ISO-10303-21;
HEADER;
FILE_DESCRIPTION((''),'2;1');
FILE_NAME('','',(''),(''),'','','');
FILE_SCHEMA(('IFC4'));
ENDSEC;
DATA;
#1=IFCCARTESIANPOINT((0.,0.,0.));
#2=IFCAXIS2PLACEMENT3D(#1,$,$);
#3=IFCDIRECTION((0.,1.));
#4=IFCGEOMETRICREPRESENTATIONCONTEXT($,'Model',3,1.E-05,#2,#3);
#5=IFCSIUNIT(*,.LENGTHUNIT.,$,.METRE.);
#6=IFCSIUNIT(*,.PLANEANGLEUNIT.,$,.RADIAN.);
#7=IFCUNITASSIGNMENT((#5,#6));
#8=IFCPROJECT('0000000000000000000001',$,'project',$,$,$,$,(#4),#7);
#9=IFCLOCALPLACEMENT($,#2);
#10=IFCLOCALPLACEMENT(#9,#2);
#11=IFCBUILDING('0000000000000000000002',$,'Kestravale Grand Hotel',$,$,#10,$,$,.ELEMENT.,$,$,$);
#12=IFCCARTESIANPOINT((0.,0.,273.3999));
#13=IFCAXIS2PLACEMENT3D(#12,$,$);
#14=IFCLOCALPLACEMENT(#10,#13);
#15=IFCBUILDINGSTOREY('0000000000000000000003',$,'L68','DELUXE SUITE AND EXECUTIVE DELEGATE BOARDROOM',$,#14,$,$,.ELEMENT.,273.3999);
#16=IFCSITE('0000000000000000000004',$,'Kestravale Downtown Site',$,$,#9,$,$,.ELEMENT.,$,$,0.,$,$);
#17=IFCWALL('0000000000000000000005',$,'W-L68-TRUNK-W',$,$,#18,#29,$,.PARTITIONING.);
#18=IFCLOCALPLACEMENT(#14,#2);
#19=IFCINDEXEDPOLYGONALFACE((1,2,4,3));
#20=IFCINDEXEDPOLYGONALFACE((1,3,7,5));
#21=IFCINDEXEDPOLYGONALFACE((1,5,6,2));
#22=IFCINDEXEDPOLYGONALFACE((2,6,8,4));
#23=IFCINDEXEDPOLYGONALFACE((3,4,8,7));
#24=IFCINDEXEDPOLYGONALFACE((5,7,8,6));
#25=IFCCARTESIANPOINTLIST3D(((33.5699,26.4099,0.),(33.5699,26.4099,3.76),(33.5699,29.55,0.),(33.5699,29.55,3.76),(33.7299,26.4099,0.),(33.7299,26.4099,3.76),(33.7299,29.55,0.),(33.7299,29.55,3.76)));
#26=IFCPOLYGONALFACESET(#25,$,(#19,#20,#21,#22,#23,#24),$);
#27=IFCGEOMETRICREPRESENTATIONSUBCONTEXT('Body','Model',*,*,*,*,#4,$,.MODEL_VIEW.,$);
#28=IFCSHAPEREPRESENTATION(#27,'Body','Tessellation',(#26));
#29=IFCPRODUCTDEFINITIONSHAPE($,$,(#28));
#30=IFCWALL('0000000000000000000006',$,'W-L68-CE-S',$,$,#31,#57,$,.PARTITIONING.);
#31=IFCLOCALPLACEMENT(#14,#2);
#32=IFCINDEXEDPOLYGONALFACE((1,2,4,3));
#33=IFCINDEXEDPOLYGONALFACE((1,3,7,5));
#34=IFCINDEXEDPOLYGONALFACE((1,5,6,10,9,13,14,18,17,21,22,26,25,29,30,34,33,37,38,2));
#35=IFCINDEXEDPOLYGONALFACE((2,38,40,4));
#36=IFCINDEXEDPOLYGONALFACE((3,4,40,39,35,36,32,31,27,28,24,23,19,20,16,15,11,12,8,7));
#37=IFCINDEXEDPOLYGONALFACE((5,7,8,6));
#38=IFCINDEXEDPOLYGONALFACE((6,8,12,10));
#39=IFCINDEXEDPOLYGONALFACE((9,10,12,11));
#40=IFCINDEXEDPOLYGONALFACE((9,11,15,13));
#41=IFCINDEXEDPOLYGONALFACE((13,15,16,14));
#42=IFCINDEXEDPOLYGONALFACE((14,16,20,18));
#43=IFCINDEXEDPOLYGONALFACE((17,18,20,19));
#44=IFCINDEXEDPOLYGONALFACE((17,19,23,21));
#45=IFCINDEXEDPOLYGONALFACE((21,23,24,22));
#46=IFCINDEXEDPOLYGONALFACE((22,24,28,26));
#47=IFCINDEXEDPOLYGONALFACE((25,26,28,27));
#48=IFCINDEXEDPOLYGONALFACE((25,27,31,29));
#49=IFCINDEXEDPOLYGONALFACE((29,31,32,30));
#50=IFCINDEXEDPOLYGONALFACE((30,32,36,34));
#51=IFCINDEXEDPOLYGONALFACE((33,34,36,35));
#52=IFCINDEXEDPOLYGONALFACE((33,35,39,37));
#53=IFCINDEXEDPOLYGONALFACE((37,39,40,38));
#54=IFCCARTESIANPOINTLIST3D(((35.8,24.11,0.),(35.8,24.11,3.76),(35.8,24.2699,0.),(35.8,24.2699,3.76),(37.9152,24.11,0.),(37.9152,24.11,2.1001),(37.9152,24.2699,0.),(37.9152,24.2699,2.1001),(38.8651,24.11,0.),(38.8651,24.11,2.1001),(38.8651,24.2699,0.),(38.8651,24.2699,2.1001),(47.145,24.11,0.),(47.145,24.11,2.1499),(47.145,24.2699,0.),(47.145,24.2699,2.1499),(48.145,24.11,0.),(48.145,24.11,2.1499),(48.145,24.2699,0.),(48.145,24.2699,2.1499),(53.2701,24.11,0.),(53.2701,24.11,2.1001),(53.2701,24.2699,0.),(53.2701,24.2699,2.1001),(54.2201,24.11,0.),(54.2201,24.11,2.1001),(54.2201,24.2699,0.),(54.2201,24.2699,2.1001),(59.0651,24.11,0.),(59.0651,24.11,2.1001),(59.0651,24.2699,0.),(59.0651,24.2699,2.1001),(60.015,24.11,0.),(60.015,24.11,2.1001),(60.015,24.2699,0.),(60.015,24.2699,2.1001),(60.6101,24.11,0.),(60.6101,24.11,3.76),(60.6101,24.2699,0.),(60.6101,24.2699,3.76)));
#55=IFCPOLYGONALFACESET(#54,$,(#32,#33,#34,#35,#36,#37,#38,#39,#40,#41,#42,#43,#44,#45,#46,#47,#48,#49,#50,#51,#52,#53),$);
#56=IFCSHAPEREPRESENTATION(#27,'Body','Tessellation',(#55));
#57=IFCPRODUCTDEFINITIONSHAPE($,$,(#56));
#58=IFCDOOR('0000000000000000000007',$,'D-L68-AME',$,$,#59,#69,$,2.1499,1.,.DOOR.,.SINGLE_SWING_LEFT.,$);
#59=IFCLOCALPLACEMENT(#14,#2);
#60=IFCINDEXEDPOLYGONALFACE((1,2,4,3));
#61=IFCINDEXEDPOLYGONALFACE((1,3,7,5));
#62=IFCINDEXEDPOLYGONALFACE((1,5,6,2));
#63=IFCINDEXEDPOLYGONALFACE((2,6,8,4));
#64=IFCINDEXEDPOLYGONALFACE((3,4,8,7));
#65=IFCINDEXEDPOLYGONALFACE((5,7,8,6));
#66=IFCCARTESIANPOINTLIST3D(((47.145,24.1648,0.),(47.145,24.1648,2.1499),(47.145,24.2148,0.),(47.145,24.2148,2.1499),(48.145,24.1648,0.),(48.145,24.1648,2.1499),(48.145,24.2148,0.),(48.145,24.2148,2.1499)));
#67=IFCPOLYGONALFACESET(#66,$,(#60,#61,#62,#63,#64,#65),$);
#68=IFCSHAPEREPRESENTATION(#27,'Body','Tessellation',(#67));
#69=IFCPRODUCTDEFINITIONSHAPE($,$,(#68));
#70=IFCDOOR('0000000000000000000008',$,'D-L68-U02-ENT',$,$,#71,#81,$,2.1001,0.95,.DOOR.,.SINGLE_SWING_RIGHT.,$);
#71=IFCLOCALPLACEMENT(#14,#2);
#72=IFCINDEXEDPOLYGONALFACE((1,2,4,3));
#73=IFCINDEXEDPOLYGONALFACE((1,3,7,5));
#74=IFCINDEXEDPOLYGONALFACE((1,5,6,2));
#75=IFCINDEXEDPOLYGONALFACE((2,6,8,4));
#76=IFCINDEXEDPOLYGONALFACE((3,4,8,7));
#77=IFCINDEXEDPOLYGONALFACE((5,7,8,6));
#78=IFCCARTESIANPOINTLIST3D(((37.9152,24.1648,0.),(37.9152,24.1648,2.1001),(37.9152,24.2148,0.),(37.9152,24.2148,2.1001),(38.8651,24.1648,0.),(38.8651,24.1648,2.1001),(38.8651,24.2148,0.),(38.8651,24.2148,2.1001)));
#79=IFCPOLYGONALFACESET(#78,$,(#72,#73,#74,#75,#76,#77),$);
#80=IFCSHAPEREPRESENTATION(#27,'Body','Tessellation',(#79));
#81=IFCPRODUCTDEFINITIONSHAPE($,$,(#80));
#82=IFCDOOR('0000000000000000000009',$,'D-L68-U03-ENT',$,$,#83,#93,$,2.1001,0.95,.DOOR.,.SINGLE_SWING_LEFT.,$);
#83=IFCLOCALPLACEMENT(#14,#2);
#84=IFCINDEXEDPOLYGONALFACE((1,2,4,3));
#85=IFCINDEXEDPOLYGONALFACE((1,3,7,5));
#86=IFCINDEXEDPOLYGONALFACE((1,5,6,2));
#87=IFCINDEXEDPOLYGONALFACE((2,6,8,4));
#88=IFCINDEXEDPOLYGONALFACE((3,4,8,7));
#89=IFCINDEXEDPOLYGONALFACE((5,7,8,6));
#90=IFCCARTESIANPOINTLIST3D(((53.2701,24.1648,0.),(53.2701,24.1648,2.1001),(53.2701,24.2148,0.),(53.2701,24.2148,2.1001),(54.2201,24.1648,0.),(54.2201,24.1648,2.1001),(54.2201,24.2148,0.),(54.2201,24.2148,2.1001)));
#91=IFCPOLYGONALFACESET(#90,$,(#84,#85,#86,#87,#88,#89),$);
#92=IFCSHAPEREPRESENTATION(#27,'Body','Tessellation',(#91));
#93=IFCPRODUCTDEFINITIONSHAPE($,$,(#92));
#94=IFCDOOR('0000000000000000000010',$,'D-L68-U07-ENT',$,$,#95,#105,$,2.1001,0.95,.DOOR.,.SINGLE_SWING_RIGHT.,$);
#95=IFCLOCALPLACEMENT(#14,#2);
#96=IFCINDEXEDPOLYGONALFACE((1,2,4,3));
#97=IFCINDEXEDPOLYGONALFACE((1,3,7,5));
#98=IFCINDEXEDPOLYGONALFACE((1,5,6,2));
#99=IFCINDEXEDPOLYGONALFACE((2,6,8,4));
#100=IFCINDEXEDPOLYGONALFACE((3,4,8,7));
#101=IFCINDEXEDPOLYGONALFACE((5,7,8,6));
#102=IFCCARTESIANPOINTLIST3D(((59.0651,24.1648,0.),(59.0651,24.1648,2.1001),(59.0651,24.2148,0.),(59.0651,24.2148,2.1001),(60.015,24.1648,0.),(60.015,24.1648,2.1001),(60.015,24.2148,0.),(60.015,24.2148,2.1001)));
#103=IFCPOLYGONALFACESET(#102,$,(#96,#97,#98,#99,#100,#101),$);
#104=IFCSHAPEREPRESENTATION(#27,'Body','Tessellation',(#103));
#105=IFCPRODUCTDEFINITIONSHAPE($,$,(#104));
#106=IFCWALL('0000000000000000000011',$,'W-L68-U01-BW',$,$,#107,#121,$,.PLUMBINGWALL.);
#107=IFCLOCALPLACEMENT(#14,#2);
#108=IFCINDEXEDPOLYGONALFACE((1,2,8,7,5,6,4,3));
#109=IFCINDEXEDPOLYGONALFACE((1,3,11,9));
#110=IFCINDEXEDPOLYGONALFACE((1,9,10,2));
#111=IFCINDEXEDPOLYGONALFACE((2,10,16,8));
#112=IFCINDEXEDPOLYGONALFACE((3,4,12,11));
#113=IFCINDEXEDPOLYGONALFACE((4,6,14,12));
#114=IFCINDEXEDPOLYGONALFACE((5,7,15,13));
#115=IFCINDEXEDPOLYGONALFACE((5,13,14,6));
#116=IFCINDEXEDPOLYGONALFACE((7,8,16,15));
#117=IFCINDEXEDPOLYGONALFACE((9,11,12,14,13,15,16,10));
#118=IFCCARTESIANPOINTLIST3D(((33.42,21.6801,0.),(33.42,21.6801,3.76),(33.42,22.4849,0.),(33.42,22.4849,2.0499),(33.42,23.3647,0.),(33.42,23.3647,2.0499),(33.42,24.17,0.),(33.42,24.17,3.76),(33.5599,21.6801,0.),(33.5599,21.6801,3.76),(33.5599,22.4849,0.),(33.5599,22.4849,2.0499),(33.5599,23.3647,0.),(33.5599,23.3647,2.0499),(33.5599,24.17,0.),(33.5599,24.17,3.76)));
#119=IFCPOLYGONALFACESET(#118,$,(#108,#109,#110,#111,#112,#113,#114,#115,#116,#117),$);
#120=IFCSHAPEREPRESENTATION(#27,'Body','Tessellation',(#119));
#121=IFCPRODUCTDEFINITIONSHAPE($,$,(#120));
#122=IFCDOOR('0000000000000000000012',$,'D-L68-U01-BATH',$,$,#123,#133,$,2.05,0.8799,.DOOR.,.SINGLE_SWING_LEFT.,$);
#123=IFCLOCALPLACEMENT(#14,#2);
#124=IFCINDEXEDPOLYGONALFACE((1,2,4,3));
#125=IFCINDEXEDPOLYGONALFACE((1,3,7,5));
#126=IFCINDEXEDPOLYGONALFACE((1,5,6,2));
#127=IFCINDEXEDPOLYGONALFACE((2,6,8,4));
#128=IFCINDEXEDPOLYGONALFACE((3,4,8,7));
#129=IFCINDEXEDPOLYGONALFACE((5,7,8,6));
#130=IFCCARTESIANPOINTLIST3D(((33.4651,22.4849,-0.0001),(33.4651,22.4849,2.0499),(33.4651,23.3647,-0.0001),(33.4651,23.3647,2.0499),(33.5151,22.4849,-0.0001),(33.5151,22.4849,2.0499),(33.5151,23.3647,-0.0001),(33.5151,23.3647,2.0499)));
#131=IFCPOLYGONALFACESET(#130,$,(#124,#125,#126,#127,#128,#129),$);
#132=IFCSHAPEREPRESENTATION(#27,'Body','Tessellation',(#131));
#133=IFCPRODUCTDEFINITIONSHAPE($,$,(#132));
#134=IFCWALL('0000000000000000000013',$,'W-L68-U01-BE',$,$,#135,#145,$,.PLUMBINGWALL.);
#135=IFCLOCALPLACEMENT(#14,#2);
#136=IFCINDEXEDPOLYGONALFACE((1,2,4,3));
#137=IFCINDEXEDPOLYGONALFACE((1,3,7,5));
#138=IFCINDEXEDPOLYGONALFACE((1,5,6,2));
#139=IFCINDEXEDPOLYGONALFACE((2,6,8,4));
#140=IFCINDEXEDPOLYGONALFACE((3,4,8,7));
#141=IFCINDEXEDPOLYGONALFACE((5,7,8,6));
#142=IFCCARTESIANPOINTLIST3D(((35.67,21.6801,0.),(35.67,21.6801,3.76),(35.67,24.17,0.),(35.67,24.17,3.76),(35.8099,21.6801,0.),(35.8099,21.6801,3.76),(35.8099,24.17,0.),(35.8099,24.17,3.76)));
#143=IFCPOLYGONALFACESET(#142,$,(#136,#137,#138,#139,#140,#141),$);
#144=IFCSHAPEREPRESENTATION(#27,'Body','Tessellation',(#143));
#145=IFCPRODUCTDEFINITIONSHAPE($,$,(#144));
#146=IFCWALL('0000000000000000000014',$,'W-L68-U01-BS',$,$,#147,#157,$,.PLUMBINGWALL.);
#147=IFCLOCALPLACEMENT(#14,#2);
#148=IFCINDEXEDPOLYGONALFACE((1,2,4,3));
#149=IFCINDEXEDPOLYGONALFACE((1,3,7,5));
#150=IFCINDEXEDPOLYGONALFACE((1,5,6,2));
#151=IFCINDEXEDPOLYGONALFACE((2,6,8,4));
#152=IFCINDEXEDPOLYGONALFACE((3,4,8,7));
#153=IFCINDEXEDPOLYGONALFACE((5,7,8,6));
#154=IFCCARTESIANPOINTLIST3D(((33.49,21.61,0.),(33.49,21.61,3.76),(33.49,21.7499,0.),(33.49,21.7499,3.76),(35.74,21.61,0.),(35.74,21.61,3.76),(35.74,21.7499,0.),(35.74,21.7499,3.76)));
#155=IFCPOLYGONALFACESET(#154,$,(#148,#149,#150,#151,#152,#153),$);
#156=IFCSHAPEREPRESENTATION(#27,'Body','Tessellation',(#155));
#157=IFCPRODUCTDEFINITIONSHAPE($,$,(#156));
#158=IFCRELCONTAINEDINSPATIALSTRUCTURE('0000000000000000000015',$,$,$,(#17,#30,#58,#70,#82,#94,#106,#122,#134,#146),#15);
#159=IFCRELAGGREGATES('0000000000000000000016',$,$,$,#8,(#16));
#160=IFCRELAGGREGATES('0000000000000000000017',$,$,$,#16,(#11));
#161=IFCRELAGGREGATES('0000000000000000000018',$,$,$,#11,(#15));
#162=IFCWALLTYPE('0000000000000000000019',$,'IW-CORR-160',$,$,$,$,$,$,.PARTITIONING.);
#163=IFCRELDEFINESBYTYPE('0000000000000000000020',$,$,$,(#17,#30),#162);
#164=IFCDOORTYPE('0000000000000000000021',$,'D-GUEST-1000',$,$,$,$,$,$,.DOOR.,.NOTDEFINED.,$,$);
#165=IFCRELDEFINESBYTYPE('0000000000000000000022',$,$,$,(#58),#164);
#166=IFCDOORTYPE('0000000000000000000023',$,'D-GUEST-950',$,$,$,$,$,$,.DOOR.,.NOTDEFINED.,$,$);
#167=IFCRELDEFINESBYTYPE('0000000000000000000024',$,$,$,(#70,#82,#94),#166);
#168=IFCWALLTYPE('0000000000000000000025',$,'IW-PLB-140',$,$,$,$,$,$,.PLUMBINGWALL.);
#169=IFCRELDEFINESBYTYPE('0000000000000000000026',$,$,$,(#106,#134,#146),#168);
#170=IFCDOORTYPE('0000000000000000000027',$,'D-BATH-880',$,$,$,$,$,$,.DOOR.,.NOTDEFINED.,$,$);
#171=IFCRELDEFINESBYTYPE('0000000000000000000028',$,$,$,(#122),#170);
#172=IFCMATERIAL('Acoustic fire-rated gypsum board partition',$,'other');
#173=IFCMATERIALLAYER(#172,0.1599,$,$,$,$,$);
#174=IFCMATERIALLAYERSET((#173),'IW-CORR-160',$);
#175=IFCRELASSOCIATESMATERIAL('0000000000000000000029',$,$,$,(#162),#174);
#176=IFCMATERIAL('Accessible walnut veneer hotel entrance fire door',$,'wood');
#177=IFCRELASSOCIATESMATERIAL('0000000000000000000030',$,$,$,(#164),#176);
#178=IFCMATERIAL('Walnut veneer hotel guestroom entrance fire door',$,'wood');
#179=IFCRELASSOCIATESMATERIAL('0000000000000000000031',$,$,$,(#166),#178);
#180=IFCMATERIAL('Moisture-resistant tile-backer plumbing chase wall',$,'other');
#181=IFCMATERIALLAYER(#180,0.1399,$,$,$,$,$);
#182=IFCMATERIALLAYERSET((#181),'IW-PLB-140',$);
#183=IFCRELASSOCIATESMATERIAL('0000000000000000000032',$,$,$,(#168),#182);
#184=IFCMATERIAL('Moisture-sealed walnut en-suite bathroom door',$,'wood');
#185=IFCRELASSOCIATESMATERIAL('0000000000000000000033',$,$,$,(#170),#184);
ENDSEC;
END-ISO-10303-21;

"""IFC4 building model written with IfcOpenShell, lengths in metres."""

from ifc_helpers import new_model, si_unit, direction, frame, frame_2d, origin, place, context, subcontext, project, spatial, rectangle, extrude, material, layer, layer_set, type_object, element, fill, save


model = new_model("IFC4")

# Units and contexts
model_context = context("Model", 3, precision=1e-05, world=origin(), true_north=direction((0.0, 1.0)))
body_context = subcontext(model_context, "Body", "Model", "MODEL_VIEW")
ifc_project = project(units=[si_unit("LENGTHUNIT", "METRE"), si_unit("PLANEANGLEUNIT", "RADIAN")], contexts=[model_context])

# Site, building, storey
site_placement = place(None, origin())
site = spatial("IfcSite", under=ifc_project, at=site_placement, Name="Kestravale Downtown Site", CompositionType="ELEMENT", RefElevation=0.0)
building_placement = place(site_placement, origin())
building = spatial("IfcBuilding", under=site, at=building_placement, Name="Kestravale Grand Hotel", CompositionType="ELEMENT")
storey_placement = place(building_placement, frame((0.0, 0.0, 273.3999)))
storey = spatial("IfcBuildingStorey", under=building, at=storey_placement, Name="L68", Description="DELUXE SUITE AND EXECUTIVE DELEGATE BOARDROOM", CompositionType="ELEMENT", Elevation=273.3999)

# Wall
ifc_material_1 = material(Name="Acoustic fire-rated gypsum board partition", Category="other")
ifc_layer_1 = layer(ifc_material_1, 0.1599)
ifc_layer_set_1 = layer_set([ifc_layer_1], Name="IW-CORR-160")
wall_type_1 = type_object("IfcWallType", Name="IW-CORR-160", PredefinedType="PARTITIONING", material=ifc_layer_set_1)
wall_1_placement = place(storey_placement, frame((33.6499, 26.4099, 0.0), z_axis=(0.0, 0.0, 1.0), x_axis=(0.0, 1.0, 0.0)))
element("IfcWall", 1, at=wall_1_placement, inside=storey, type_object=wall_type_1, Name="W-L68-TRUNK-W", PredefinedType="PARTITIONING", context=body_context, shape_type="SweptSolid", body=[
    extrude(rectangle(XDim=3.1401, YDim=0.1599, at=frame_2d((1.5701, 0.0))), origin(), (0.0, 0.0, 1.0), 3.76),
])

# Wall, openings, doors
wall_2_placement = place(storey_placement, frame((35.8, 24.1899, 0.0), z_axis=(0.0, 0.0, 1.0), x_axis=(1.0, 0.0, 0.0)))
wall_2 = element("IfcWall", 2, at=wall_2_placement, inside=storey, type_object=wall_type_1, Name="W-L68-CE-S", PredefinedType="PARTITIONING", context=body_context, shape_type="SweptSolid", body=[
    extrude(rectangle(XDim=24.8101, YDim=0.1599, at=frame_2d((12.405, 0.0))), origin(), (0.0, 0.0, 1.0), 3.76),
])
opening_1_placement = place(wall_2_placement, frame((2.115, 0.0, 0.0)))
opening_1 = element("IfcOpeningElement", 3, at=opening_1_placement, cuts=wall_2, PredefinedType="OPENING", context=body_context, shape_type="SweptSolid", body=[
    extrude(rectangle(XDim=0.95, YDim=2.1001, at=frame_2d((0.4751, 1.05))), frame((0.0, 0.0898, 0.0), z_axis=(0.0, -1.0, 0.0), x_axis=(1.0, 0.0, 0.0)), (0.0, 0.0, 1.0), 0.1799),
])
opening_2_placement = place(wall_2_placement, frame((11.345, 0.0, 0.0)))
opening_2 = element("IfcOpeningElement", 4, at=opening_2_placement, cuts=wall_2, PredefinedType="OPENING", context=body_context, shape_type="SweptSolid", body=[
    extrude(rectangle(XDim=1.0, YDim=2.1499, at=frame_2d((0.5, 1.075))), frame((0.0, 0.0898, 0.0), z_axis=(0.0, -1.0, 0.0), x_axis=(1.0, 0.0, 0.0)), (0.0, 0.0, 1.0), 0.1799),
])
opening_3_placement = place(wall_2_placement, frame((17.47, 0.0, 0.0)))
opening_3 = element("IfcOpeningElement", 5, at=opening_3_placement, cuts=wall_2, PredefinedType="OPENING", context=body_context, shape_type="SweptSolid", body=[
    extrude(rectangle(XDim=0.95, YDim=2.1001, at=frame_2d((0.4751, 1.05))), frame((0.0, 0.0898, 0.0), z_axis=(0.0, -1.0, 0.0), x_axis=(1.0, 0.0, 0.0)), (0.0, 0.0, 1.0), 0.1799),
])
opening_4_placement = place(wall_2_placement, frame((23.2649, 0.0, 0.0)))
opening_4 = element("IfcOpeningElement", 6, at=opening_4_placement, cuts=wall_2, PredefinedType="OPENING", context=body_context, shape_type="SweptSolid", body=[
    extrude(rectangle(XDim=0.95, YDim=2.1001, at=frame_2d((0.4751, 1.05))), frame((0.0, 0.0898, 0.0), z_axis=(0.0, -1.0, 0.0), x_axis=(1.0, 0.0, 0.0)), (0.0, 0.0, 1.0), 0.1799),
])
ifc_material_2 = material(Name="Accessible walnut veneer hotel entrance fire door", Category="wood")
door_type_1 = type_object("IfcDoorType", Name="D-GUEST-1000", OperationType="NOTDEFINED", PredefinedType="DOOR", material=ifc_material_2)
door_1_placement = place(opening_2_placement, origin())
door_1 = element("IfcDoor", 7, at=door_1_placement, inside=storey, type_object=door_type_1, Name="D-L68-AME", OperationType="SINGLE_SWING_LEFT", OverallHeight=2.1499, OverallWidth=1.0, PredefinedType="DOOR", context=body_context, shape_type="SweptSolid", body=[
    extrude(rectangle(XDim=1.0, YDim=2.1499, at=frame_2d((0.5, 1.075))), frame((0.0, 0.0249, 0.0), z_axis=(0.0, -1.0, 0.0), x_axis=(1.0, 0.0, 0.0)), (0.0, 0.0, 1.0), 0.05),
])
fill(opening_2, door_1)
ifc_material_3 = material(Name="Walnut veneer hotel guestroom entrance fire door", Category="wood")
door_type_2 = type_object("IfcDoorType", Name="D-GUEST-950", OperationType="NOTDEFINED", PredefinedType="DOOR", material=ifc_material_3)
door_2_placement = place(opening_1_placement, origin())
door_2 = element("IfcDoor", 8, at=door_2_placement, inside=storey, type_object=door_type_2, Name="D-L68-U02-ENT", OperationType="SINGLE_SWING_RIGHT", OverallHeight=2.1001, OverallWidth=0.95, PredefinedType="DOOR", context=body_context, shape_type="SweptSolid", body=[
    extrude(rectangle(XDim=0.95, YDim=2.1001, at=frame_2d((0.4751, 1.05))), frame((0.0, 0.0249, 0.0), z_axis=(0.0, -1.0, 0.0), x_axis=(1.0, 0.0, 0.0)), (0.0, 0.0, 1.0), 0.05),
])
fill(opening_1, door_2)
door_3_placement = place(opening_3_placement, origin())
door_3 = element("IfcDoor", 9, at=door_3_placement, inside=storey, type_object=door_type_2, Name="D-L68-U03-ENT", OperationType="SINGLE_SWING_LEFT", OverallHeight=2.1001, OverallWidth=0.95, PredefinedType="DOOR", context=body_context, shape_type="SweptSolid", body=[
    extrude(rectangle(XDim=0.95, YDim=2.1001, at=frame_2d((0.4751, 1.05))), frame((0.0, 0.0249, 0.0), z_axis=(0.0, -1.0, 0.0), x_axis=(1.0, 0.0, 0.0)), (0.0, 0.0, 1.0), 0.05),
])
fill(opening_3, door_3)
door_4_placement = place(opening_4_placement, origin())
door_4 = element("IfcDoor", 10, at=door_4_placement, inside=storey, type_object=door_type_2, Name="D-L68-U07-ENT", OperationType="SINGLE_SWING_RIGHT", OverallHeight=2.1001, OverallWidth=0.95, PredefinedType="DOOR", context=body_context, shape_type="SweptSolid", body=[
    extrude(rectangle(XDim=0.95, YDim=2.1001, at=frame_2d((0.4751, 1.05))), frame((0.0, 0.0249, 0.0), z_axis=(0.0, -1.0, 0.0), x_axis=(1.0, 0.0, 0.0)), (0.0, 0.0, 1.0), 0.05),
])
fill(opening_4, door_4)

# Wall, opening, door
ifc_material_4 = material(Name="Moisture-resistant tile-backer plumbing chase wall", Category="other")
ifc_layer_2 = layer(ifc_material_4, 0.1399)
ifc_layer_set_2 = layer_set([ifc_layer_2], Name="IW-PLB-140")
wall_type_2 = type_object("IfcWallType", Name="IW-PLB-140", PredefinedType="PLUMBINGWALL", material=ifc_layer_set_2)
wall_3_placement = place(storey_placement, frame((33.49, 21.6799, 0.0), z_axis=(0.0, 0.0, 1.0), x_axis=(0.0, 1.0, 0.0)))
wall_3 = element("IfcWall", 11, at=wall_3_placement, inside=storey, type_object=wall_type_2, Name="W-L68-U01-BW", PredefinedType="PLUMBINGWALL", context=body_context, shape_type="SweptSolid", body=[
    extrude(rectangle(XDim=2.49, YDim=0.1399, at=frame_2d((1.2451, 0.0))), origin(), (0.0, 0.0, 1.0), 3.76),
])
opening_5_placement = place(wall_3_placement, frame((0.8049, 0.0, 0.0)))
opening_5 = element("IfcOpeningElement", 12, at=opening_5_placement, cuts=wall_3, PredefinedType="OPENING", context=body_context, shape_type="SweptSolid", body=[
    extrude(rectangle(XDim=0.8799, YDim=2.05, at=frame_2d((0.4399, 1.0249))), frame((0.0, 0.0798, 0.0), z_axis=(0.0, -1.0, 0.0), x_axis=(1.0, 0.0, 0.0)), (0.0, 0.0, 1.0), 0.1599),
])
ifc_material_5 = material(Name="Moisture-sealed walnut en-suite bathroom door", Category="wood")
door_type_3 = type_object("IfcDoorType", Name="D-BATH-880", OperationType="NOTDEFINED", PredefinedType="DOOR", material=ifc_material_5)
door_5_placement = place(opening_5_placement, origin())
door_5 = element("IfcDoor", 13, at=door_5_placement, inside=storey, type_object=door_type_3, Name="D-L68-U01-BATH", OperationType="SINGLE_SWING_LEFT", OverallHeight=2.05, OverallWidth=0.8799, PredefinedType="DOOR", context=body_context, shape_type="SweptSolid", body=[
    extrude(rectangle(XDim=0.8799, YDim=2.05, at=frame_2d((0.4399, 1.0249))), frame((0.0, 0.0249, 0.0), z_axis=(0.0, -1.0, 0.0), x_axis=(1.0, 0.0, 0.0)), (0.0, 0.0, 1.0), 0.05),
])
fill(opening_5, door_5)

# Walls
wall_4_placement = place(storey_placement, frame((35.74, 21.6799, 0.0), z_axis=(0.0, 0.0, 1.0), x_axis=(0.0, 1.0, 0.0)))
element("IfcWall", 14, at=wall_4_placement, inside=storey, type_object=wall_type_2, Name="W-L68-U01-BE", PredefinedType="PLUMBINGWALL", context=body_context, shape_type="SweptSolid", body=[
    extrude(rectangle(XDim=2.49, YDim=0.1399, at=frame_2d((1.2451, 0.0))), origin(), (0.0, 0.0, 1.0), 3.76),
])
wall_5_placement = place(storey_placement, frame((33.49, 21.6799, 0.0), z_axis=(0.0, 0.0, 1.0), x_axis=(1.0, 0.0, 0.0)))
element("IfcWall", 15, at=wall_5_placement, inside=storey, type_object=wall_type_2, Name="W-L68-U01-BS", PredefinedType="PLUMBINGWALL", context=body_context, shape_type="SweptSolid", body=[
    extrude(rectangle(XDim=2.25, YDim=0.1399, at=frame_2d((1.125, 0.0))), origin(), (0.0, 0.0, 1.0), 3.76),
])

save(model, "model.ifc")
